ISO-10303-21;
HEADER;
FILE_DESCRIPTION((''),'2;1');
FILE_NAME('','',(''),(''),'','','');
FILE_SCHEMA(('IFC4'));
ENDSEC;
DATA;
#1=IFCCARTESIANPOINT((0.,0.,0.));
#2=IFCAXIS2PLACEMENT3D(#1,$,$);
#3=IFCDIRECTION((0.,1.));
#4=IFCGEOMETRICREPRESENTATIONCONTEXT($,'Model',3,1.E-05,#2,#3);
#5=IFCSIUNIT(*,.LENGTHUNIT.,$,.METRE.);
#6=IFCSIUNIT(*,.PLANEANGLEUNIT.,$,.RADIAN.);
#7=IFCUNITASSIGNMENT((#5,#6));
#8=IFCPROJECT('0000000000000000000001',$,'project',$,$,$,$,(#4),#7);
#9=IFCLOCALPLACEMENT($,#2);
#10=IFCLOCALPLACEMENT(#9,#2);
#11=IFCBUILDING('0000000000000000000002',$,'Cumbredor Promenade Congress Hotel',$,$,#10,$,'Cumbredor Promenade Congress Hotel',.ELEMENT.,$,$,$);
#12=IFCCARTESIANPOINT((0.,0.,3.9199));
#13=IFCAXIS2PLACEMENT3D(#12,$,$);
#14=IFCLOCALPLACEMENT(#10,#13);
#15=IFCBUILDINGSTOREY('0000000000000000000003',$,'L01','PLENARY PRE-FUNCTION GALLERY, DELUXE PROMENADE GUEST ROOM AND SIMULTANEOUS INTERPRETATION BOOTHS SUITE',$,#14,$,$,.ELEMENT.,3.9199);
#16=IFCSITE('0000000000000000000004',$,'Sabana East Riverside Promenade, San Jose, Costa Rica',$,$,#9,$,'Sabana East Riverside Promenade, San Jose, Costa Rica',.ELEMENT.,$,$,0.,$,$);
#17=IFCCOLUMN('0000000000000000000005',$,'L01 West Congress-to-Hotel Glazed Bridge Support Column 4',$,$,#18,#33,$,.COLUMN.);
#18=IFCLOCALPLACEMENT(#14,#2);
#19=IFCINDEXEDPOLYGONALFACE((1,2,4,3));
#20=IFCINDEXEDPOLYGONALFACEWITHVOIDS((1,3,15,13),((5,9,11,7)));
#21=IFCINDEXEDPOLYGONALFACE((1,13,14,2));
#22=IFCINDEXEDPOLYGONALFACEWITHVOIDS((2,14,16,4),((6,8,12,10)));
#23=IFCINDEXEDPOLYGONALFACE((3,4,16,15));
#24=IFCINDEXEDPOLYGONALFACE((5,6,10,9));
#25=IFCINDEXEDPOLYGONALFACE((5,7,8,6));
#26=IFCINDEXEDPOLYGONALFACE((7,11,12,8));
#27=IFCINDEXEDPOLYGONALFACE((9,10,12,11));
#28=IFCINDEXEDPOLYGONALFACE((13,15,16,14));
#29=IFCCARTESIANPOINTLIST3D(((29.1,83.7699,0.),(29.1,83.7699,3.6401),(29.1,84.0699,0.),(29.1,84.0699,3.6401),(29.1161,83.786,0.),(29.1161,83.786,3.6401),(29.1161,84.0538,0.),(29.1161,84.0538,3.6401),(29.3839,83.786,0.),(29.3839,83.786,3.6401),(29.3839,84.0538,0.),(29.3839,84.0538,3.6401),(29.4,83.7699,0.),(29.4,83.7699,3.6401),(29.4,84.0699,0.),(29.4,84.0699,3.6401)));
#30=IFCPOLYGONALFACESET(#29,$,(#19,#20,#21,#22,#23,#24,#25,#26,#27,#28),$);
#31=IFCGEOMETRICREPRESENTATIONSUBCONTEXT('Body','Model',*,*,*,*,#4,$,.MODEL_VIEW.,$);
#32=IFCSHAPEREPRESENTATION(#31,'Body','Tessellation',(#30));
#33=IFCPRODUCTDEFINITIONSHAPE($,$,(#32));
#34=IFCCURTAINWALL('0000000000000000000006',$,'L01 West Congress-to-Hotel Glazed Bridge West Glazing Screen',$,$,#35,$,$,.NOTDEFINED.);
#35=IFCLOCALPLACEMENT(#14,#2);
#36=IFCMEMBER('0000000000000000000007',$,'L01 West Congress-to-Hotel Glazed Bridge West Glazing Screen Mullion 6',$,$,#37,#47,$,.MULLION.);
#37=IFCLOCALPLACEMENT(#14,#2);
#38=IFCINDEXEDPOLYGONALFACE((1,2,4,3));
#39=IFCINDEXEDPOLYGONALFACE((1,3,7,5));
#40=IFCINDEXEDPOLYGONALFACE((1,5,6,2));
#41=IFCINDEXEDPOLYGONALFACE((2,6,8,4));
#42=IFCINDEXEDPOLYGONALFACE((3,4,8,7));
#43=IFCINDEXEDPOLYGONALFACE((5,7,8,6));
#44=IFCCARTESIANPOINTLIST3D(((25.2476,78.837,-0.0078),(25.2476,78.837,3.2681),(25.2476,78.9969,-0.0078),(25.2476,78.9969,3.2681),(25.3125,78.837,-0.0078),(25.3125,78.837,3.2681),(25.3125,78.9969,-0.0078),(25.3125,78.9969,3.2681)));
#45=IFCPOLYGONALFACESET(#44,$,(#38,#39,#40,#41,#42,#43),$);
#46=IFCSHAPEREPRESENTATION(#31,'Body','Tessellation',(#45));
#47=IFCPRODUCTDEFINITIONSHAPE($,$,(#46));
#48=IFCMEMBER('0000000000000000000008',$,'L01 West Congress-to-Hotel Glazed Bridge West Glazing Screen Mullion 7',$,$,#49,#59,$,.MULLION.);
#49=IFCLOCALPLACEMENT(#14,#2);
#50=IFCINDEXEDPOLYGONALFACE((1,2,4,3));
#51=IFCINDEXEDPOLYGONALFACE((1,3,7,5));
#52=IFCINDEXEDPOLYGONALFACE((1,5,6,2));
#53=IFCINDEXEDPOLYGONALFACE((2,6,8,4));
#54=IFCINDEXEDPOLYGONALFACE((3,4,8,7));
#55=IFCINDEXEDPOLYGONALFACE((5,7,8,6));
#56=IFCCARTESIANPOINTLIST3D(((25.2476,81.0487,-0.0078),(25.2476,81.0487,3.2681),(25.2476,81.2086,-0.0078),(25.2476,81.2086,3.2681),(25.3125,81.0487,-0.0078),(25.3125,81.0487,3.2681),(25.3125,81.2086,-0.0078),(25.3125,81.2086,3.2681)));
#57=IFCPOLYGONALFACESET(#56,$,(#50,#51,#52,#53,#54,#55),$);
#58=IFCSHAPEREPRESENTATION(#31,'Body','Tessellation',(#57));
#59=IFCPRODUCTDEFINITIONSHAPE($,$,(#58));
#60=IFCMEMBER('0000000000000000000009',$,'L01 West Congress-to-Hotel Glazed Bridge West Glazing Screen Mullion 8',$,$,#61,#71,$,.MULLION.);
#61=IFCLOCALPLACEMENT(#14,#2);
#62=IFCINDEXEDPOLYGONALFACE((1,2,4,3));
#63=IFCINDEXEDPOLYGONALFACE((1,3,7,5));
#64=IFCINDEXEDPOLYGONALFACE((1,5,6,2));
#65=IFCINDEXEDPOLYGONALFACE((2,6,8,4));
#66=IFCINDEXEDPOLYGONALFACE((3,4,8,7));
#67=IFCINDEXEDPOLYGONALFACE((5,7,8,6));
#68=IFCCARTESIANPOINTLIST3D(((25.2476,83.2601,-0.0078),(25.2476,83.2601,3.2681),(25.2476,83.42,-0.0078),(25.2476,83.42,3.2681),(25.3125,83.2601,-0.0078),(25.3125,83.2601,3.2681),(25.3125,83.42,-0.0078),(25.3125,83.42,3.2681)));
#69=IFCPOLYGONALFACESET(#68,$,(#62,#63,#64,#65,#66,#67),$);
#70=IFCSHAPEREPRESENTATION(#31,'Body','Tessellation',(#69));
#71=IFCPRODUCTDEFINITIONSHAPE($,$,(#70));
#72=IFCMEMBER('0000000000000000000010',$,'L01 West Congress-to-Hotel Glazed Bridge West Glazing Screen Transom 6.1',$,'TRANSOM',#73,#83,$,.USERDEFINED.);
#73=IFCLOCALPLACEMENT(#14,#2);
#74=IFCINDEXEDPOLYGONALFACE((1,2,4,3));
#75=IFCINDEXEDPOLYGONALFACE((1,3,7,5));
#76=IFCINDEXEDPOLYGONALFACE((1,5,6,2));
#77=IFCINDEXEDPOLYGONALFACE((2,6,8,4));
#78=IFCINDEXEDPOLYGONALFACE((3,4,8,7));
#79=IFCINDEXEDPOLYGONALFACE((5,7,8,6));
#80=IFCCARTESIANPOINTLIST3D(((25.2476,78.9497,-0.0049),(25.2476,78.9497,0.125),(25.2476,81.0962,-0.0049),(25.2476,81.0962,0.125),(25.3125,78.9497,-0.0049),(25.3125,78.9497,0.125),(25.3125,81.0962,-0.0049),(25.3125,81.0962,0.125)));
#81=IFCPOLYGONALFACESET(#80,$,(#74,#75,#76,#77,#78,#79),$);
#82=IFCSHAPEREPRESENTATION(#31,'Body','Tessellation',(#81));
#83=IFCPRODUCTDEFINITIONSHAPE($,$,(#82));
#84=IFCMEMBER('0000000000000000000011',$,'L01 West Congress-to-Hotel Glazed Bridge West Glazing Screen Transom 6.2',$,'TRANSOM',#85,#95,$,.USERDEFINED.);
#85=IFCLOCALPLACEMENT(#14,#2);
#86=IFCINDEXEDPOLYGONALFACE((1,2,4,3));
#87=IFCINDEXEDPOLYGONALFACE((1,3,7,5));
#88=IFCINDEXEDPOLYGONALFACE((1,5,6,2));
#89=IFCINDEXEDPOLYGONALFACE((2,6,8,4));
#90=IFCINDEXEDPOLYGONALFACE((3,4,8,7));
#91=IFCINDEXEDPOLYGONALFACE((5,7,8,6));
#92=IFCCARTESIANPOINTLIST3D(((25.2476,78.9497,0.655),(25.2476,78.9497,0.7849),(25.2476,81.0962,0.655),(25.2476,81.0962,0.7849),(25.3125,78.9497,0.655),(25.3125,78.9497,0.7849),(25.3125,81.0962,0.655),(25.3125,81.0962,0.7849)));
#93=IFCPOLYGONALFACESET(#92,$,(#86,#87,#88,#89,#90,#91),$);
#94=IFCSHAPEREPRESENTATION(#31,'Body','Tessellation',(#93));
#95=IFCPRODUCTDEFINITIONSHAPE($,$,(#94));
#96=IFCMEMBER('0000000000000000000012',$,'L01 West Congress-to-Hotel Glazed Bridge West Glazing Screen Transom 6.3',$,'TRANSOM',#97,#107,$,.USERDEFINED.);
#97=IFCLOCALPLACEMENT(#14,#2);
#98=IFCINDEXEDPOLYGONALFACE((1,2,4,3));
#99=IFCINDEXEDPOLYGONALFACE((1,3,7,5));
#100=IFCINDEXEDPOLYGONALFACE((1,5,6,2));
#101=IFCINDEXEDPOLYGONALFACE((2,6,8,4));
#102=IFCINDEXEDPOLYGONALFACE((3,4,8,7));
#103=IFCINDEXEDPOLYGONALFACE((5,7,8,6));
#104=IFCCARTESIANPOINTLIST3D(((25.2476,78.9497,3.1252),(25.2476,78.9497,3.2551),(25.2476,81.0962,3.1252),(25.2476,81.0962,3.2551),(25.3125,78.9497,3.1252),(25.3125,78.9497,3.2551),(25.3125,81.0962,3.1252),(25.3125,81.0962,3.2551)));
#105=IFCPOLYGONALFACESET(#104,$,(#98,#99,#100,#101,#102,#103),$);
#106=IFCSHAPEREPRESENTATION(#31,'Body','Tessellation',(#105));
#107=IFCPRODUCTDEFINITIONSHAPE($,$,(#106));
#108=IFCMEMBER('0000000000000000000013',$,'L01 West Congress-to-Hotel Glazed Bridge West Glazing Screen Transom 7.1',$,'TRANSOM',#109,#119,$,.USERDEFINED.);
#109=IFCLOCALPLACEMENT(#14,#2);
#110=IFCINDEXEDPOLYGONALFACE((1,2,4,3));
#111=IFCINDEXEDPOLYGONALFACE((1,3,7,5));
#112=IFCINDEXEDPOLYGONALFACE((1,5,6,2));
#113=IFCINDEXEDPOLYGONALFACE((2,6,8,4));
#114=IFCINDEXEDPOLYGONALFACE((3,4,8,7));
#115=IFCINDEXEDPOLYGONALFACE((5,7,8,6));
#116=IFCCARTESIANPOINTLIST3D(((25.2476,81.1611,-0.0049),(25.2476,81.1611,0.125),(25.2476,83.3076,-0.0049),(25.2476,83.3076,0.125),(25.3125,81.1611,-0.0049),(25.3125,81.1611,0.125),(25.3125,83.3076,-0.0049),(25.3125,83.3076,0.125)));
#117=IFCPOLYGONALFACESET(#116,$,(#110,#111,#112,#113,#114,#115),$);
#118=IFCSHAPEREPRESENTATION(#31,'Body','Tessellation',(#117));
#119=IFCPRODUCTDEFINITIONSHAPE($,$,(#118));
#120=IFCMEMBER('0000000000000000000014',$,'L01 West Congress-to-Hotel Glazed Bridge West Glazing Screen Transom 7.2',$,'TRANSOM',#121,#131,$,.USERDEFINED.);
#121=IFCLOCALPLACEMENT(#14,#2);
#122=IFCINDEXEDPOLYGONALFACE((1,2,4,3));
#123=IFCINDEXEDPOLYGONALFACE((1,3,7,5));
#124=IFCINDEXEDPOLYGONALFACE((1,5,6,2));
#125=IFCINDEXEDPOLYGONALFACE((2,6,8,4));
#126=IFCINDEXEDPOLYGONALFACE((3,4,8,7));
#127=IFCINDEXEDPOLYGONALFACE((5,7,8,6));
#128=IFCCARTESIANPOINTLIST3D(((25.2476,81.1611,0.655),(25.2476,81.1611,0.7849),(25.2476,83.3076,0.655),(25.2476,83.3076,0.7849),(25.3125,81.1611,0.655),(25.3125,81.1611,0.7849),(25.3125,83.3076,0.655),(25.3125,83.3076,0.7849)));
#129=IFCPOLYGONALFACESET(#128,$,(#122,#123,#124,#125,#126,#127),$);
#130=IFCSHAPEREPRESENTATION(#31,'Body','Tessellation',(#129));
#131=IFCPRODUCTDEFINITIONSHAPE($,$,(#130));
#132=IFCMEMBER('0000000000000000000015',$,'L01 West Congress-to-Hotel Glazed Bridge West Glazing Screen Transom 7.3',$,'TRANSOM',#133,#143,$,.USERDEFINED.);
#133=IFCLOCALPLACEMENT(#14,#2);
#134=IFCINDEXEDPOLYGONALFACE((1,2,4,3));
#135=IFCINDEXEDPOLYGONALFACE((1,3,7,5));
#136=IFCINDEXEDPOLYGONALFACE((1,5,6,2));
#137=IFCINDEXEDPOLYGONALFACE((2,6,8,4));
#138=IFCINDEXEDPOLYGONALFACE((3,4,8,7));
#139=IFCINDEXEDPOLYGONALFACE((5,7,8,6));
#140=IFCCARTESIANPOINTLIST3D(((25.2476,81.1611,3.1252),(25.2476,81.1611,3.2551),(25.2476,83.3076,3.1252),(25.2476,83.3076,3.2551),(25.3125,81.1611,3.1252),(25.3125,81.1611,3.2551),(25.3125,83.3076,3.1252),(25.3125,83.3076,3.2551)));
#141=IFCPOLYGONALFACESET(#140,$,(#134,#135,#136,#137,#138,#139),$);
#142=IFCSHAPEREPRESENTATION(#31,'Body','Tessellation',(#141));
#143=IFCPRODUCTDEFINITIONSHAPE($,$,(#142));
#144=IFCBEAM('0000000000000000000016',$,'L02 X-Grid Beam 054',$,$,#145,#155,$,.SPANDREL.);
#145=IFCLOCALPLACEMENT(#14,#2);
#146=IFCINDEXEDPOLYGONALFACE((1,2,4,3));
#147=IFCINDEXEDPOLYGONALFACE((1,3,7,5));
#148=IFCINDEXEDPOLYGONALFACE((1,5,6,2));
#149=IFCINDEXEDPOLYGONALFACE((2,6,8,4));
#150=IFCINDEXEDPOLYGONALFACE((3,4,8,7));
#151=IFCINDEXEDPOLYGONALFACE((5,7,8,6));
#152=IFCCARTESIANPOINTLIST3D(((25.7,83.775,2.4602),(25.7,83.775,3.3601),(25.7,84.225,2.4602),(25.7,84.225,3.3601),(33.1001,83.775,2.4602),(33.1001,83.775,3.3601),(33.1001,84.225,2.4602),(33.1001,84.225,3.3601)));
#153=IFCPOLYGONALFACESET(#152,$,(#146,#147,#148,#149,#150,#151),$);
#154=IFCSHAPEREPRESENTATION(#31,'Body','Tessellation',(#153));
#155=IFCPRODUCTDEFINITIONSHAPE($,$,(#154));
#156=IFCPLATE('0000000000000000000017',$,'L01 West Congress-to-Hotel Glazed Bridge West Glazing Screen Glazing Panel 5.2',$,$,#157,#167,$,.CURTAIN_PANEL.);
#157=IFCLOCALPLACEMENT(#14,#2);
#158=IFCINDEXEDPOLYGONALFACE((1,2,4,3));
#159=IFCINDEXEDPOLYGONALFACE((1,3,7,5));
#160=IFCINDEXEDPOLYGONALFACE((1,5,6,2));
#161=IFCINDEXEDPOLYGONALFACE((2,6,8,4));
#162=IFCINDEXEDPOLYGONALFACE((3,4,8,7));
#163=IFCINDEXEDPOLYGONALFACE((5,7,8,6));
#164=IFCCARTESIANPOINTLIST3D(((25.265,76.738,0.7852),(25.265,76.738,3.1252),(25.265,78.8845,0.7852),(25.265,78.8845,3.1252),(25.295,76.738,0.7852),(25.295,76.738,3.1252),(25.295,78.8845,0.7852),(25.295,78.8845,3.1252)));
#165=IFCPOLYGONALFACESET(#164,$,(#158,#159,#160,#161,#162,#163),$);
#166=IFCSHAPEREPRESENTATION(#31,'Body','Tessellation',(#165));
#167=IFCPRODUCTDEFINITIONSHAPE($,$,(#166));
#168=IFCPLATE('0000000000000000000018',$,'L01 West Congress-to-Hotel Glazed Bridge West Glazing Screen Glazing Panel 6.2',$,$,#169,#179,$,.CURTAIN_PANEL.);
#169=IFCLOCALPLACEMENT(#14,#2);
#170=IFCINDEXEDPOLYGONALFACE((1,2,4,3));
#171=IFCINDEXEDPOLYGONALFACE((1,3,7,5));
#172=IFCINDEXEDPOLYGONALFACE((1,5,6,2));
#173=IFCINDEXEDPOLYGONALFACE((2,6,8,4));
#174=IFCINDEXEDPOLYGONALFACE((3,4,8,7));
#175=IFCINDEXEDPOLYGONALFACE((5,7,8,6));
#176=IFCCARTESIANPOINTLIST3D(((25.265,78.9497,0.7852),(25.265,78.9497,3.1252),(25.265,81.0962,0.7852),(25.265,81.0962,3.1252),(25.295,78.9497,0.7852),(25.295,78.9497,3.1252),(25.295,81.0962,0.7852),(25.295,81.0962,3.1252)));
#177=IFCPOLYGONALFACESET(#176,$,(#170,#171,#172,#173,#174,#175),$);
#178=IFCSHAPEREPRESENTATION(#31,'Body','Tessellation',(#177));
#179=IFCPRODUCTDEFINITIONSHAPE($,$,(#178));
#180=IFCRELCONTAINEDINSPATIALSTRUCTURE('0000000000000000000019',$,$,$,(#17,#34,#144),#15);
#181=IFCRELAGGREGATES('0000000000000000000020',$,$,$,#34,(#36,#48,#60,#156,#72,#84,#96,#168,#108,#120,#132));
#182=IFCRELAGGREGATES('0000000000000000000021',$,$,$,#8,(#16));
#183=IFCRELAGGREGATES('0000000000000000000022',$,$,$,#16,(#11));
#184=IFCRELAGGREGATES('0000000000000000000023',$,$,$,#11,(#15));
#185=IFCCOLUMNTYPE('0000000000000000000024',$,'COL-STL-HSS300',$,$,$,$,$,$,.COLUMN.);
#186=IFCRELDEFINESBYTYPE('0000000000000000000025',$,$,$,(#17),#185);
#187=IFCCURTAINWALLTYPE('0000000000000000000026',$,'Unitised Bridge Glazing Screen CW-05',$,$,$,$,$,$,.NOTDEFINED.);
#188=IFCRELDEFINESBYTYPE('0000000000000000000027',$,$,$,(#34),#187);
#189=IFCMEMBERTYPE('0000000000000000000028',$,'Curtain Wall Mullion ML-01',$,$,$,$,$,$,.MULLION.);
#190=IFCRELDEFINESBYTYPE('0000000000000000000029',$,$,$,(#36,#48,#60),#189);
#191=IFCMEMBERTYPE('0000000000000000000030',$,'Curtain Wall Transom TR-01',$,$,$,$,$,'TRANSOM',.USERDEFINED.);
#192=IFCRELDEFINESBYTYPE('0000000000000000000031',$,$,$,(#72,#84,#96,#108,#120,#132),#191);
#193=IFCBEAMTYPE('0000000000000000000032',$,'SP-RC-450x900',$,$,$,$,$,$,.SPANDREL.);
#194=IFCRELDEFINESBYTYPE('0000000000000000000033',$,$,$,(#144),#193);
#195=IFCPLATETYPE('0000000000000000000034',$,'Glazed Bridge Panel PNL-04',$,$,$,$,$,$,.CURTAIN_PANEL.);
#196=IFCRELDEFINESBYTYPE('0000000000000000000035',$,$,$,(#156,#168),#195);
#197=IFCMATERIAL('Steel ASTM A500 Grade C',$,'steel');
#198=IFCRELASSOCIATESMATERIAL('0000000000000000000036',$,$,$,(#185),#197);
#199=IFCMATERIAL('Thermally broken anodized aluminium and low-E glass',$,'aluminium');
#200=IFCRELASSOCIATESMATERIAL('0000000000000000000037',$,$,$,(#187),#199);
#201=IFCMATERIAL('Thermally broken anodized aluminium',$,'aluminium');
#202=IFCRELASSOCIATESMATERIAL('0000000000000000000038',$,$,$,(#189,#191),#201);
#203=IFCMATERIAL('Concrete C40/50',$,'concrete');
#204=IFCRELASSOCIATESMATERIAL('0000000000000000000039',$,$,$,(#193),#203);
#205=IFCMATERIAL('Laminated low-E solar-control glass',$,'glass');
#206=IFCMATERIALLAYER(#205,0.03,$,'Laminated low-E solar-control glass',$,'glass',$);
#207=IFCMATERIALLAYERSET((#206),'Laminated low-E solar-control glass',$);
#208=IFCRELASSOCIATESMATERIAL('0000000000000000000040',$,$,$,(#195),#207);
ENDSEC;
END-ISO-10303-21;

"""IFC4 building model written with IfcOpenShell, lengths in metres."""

from ifc_helpers import new_model, si_unit, direction, frame, origin, origin_2d, place, context, subcontext, project, spatial, rectangle, hollow_rectangle, extrude, material, layer, layer_set, material_profile, profile_set, type_object, element, aggregate, save


model = new_model("IFC4")

# Units and contexts
model_context = context("Model", 3, precision=1e-05, world=origin(), true_north=direction((0.0, 1.0)))
body_context = subcontext(model_context, "Body", "Model", "MODEL_VIEW")
ifc_project = project(units=[si_unit("LENGTHUNIT", "METRE"), si_unit("PLANEANGLEUNIT", "RADIAN")], contexts=[model_context])

# Site, building, storey
site_placement = place(None, origin())
site = spatial("IfcSite", under=ifc_project, at=site_placement, Name="Sabana East Riverside Promenade, San Jose, Costa Rica", LongName="Sabana East Riverside Promenade, San Jose, Costa Rica", CompositionType="ELEMENT", RefElevation=0.0)
building_placement = place(site_placement, origin())
building = spatial("IfcBuilding", under=site, at=building_placement, Name="Cumbredor Promenade Congress Hotel", LongName="Cumbredor Promenade Congress Hotel", CompositionType="ELEMENT")
storey_placement = place(building_placement, frame((0.0, 0.0, 3.9199)))
storey = spatial("IfcBuildingStorey", under=building, at=storey_placement, Name="L01", Description="PLENARY PRE-FUNCTION GALLERY, DELUXE PROMENADE GUEST ROOM AND SIMULTANEOUS INTERPRETATION BOOTHS SUITE", CompositionType="ELEMENT", Elevation=3.9199)

# Column
ifc_material_1 = material(Name="Steel ASTM A500 Grade C", Category="steel")
ifc_material_profile_1 = material_profile(ifc_material_1, hollow_rectangle(XDim=0.3, YDim=0.3, WallThickness=0.0161, at=origin_2d()), Name="HSS 300x300x16")
ifc_profile_set_1 = profile_set([ifc_material_profile_1], Name="Steel ASTM A500 Grade C")
column_type = type_object("IfcColumnType", Name="COL-STL-HSS300", PredefinedType="COLUMN", material=ifc_profile_set_1)
column_placement = place(storey_placement, frame((29.25, 83.9199, 0.0), z_axis=(0.0, 0.0, 1.0), x_axis=(1.0, 0.0, 0.0)))
element("IfcColumn", 1, at=column_placement, inside=storey, type_object=column_type, Name="L01 West Congress-to-Hotel Glazed Bridge Support Column 4", PredefinedType="COLUMN", context=body_context, shape_type="SweptSolid", body=[
    extrude(hollow_rectangle(XDim=0.3, YDim=0.3, WallThickness=0.0161, at=origin_2d()), origin(), (0.0, 0.0, 1.0), 3.6401),
])

# Curtain wall, members
ifc_material_2 = material(Name="Thermally broken anodized aluminium and low-E glass", Category="aluminium")
curtain_wall_type = type_object("IfcCurtainWallType", Name="Unitised Bridge Glazing Screen CW-05", PredefinedType="NOTDEFINED", material=ifc_material_2)
curtain_wall_placement = place(storey_placement, origin())
curtain_wall = element("IfcCurtainWall", 2, at=curtain_wall_placement, inside=storey, type_object=curtain_wall_type, Name="L01 West Congress-to-Hotel Glazed Bridge West Glazing Screen", PredefinedType="NOTDEFINED")
ifc_material_3 = material(Name="Thermally broken anodized aluminium", Category="aluminium")
ifc_material_profile_2 = material_profile(ifc_material_3, rectangle(XDim=0.0649, YDim=0.1599, at=origin_2d()), Name="ALU MULLION 65x160")
ifc_profile_set_2 = profile_set([ifc_material_profile_2], Name="Thermally broken anodized aluminium")
member_type_1 = type_object("IfcMemberType", Name="Curtain Wall Mullion ML-01", PredefinedType="MULLION", material=ifc_profile_set_2)
member_1_placement = place(storey_placement, frame((25.28, 78.917, -0.0078), z_axis=(0.0, 0.0, 1.0), x_axis=(1.0, 0.0, 0.0)))
member_1 = element("IfcMember", 3, at=member_1_placement, type_object=member_type_1, Name="L01 West Congress-to-Hotel Glazed Bridge West Glazing Screen Mullion 6", PredefinedType="MULLION", context=body_context, shape_type="SweptSolid", body=[
    extrude(rectangle(XDim=0.0649, YDim=0.1599, at=origin_2d()), origin(), (0.0, 0.0, 1.0), 3.2759),
])
member_2_placement = place(storey_placement, frame((25.28, 81.1287, -0.0078), z_axis=(0.0, 0.0, 1.0), x_axis=(1.0, 0.0, 0.0)))
member_2 = element("IfcMember", 4, at=member_2_placement, type_object=member_type_1, Name="L01 West Congress-to-Hotel Glazed Bridge West Glazing Screen Mullion 7", PredefinedType="MULLION", context=body_context, shape_type="SweptSolid", body=[
    extrude(rectangle(XDim=0.0649, YDim=0.1599, at=origin_2d()), origin(), (0.0, 0.0, 1.0), 3.2759),
])
member_3_placement = place(storey_placement, frame((25.28, 83.3401, -0.0078), z_axis=(0.0, 0.0, 1.0), x_axis=(1.0, 0.0, 0.0)))
member_3 = element("IfcMember", 5, at=member_3_placement, type_object=member_type_1, Name="L01 West Congress-to-Hotel Glazed Bridge West Glazing Screen Mullion 8", PredefinedType="MULLION", context=body_context, shape_type="SweptSolid", body=[
    extrude(rectangle(XDim=0.0649, YDim=0.1599, at=origin_2d()), origin(), (0.0, 0.0, 1.0), 3.2759),
])
ifc_material_profile_3 = material_profile(ifc_material_3, rectangle(XDim=0.0649, YDim=0.1299, at=origin_2d()), Name="ALU TRANSOM 65x130")
ifc_profile_set_3 = profile_set([ifc_material_profile_3], Name="Thermally broken anodized aluminium")
member_type_2 = type_object("IfcMemberType", Name="Curtain Wall Transom TR-01", ElementType="TRANSOM", PredefinedType="USERDEFINED", material=ifc_profile_set_3)
member_4_placement = place(storey_placement, frame((25.28, 78.9497, 0.0601), z_axis=(0.0, 1.0, 0.0), x_axis=(-1.0, 0.0, 0.0)))
member_4 = element("IfcMember", 6, at=member_4_placement, type_object=member_type_2, Name="L01 West Congress-to-Hotel Glazed Bridge West Glazing Screen Transom 6.1", ObjectType="TRANSOM", PredefinedType="USERDEFINED", context=body_context, shape_type="SweptSolid", body=[
    extrude(rectangle(XDim=0.0649, YDim=0.1299, at=origin_2d()), origin(), (0.0, 0.0, 1.0), 2.1465),
])
member_5_placement = place(storey_placement, frame((25.28, 78.9497, 0.72), z_axis=(0.0, 1.0, 0.0), x_axis=(-1.0, 0.0, 0.0)))
member_5 = element("IfcMember", 7, at=member_5_placement, type_object=member_type_2, Name="L01 West Congress-to-Hotel Glazed Bridge West Glazing Screen Transom 6.2", ObjectType="TRANSOM", PredefinedType="USERDEFINED", context=body_context, shape_type="SweptSolid", body=[
    extrude(rectangle(XDim=0.0649, YDim=0.1299, at=origin_2d()), origin(), (0.0, 0.0, 1.0), 2.1465),
])
member_6_placement = place(storey_placement, frame((25.28, 78.9497, 3.1902), z_axis=(0.0, 1.0, 0.0), x_axis=(-1.0, 0.0, 0.0)))
member_6 = element("IfcMember", 8, at=member_6_placement, type_object=member_type_2, Name="L01 West Congress-to-Hotel Glazed Bridge West Glazing Screen Transom 6.3", ObjectType="TRANSOM", PredefinedType="USERDEFINED", context=body_context, shape_type="SweptSolid", body=[
    extrude(rectangle(XDim=0.0649, YDim=0.1299, at=origin_2d()), origin(), (0.0, 0.0, 1.0), 2.1465),
])
member_7_placement = place(storey_placement, frame((25.28, 81.1611, 0.0601), z_axis=(0.0, 1.0, 0.0), x_axis=(-1.0, 0.0, 0.0)))
member_7 = element("IfcMember", 9, at=member_7_placement, type_object=member_type_2, Name="L01 West Congress-to-Hotel Glazed Bridge West Glazing Screen Transom 7.1", ObjectType="TRANSOM", PredefinedType="USERDEFINED", context=body_context, shape_type="SweptSolid", body=[
    extrude(rectangle(XDim=0.0649, YDim=0.1299, at=origin_2d()), origin(), (0.0, 0.0, 1.0), 2.1465),
])
member_8_placement = place(storey_placement, frame((25.28, 81.1611, 0.72), z_axis=(0.0, 1.0, 0.0), x_axis=(-1.0, 0.0, 0.0)))
member_8 = element("IfcMember", 10, at=member_8_placement, type_object=member_type_2, Name="L01 West Congress-to-Hotel Glazed Bridge West Glazing Screen Transom 7.2", ObjectType="TRANSOM", PredefinedType="USERDEFINED", context=body_context, shape_type="SweptSolid", body=[
    extrude(rectangle(XDim=0.0649, YDim=0.1299, at=origin_2d()), origin(), (0.0, 0.0, 1.0), 2.1465),
])
member_9_placement = place(storey_placement, frame((25.28, 81.1611, 3.1902), z_axis=(0.0, 1.0, 0.0), x_axis=(-1.0, 0.0, 0.0)))
member_9 = element("IfcMember", 11, at=member_9_placement, type_object=member_type_2, Name="L01 West Congress-to-Hotel Glazed Bridge West Glazing Screen Transom 7.3", ObjectType="TRANSOM", PredefinedType="USERDEFINED", context=body_context, shape_type="SweptSolid", body=[
    extrude(rectangle(XDim=0.0649, YDim=0.1299, at=origin_2d()), origin(), (0.0, 0.0, 1.0), 2.1465),
])

# Beam
ifc_material_4 = material(Name="Concrete C40/50", Category="concrete")
ifc_material_profile_4 = material_profile(ifc_material_4, rectangle(XDim=0.45, YDim=0.8999, at=origin_2d()), Name="RC SPANDREL 450x900")
ifc_profile_set_4 = profile_set([ifc_material_profile_4], Name="Concrete C40/50")
beam_type = type_object("IfcBeamType", Name="SP-RC-450x900", PredefinedType="SPANDREL", material=ifc_profile_set_4)
beam_placement = place(storey_placement, frame((25.7, 84.0, 2.9102), z_axis=(1.0, 0.0, 0.0), x_axis=(0.0, 1.0, 0.0)))
element("IfcBeam", 12, at=beam_placement, inside=storey, type_object=beam_type, Name="L02 X-Grid Beam 054", PredefinedType="SPANDREL", context=body_context, shape_type="SweptSolid", body=[
    extrude(rectangle(XDim=0.45, YDim=0.8999, at=origin_2d()), origin(), (0.0, 0.0, 1.0), 7.4001),
])

# Plates
ifc_material_5 = material(Name="Laminated low-E solar-control glass", Category="glass")
ifc_layer_1 = layer(ifc_material_5, 0.03, Name="Laminated low-E solar-control glass", Category="glass")
ifc_layer_set_1 = layer_set([ifc_layer_1], Name="Laminated low-E solar-control glass")
plate_type_1 = type_object("IfcPlateType", Name="Glazed Bridge Panel PNL-04", PredefinedType="CURTAIN_PANEL", material=ifc_layer_set_1)
plate_1_placement = place(storey_placement, frame((25.28, 77.8113, 0.7852), z_axis=(0.0, 0.0, 1.0), x_axis=(0.0, 1.0, 0.0)))
plate_1 = element("IfcPlate", 13, at=plate_1_placement, type_object=plate_type_1, Name="L01 West Congress-to-Hotel Glazed Bridge West Glazing Screen Glazing Panel 5.2", PredefinedType="CURTAIN_PANEL", context=body_context, shape_type="SweptSolid", body=[
    extrude(rectangle(XDim=2.1465, YDim=0.03, at=origin_2d()), origin(), (0.0, 0.0, 1.0), 2.3401),
])
plate_2_placement = place(storey_placement, frame((25.28, 80.0229, 0.7852), z_axis=(0.0, 0.0, 1.0), x_axis=(0.0, 1.0, 0.0)))
plate_2 = element("IfcPlate", 14, at=plate_2_placement, type_object=plate_type_1, Name="L01 West Congress-to-Hotel Glazed Bridge West Glazing Screen Glazing Panel 6.2", PredefinedType="CURTAIN_PANEL", context=body_context, shape_type="SweptSolid", body=[
    extrude(rectangle(XDim=2.1465, YDim=0.03, at=origin_2d()), origin(), (0.0, 0.0, 1.0), 2.3401),
])

aggregate(curtain_wall, [member_1, member_2, member_3, plate_1, member_4, member_5, member_6, plate_2, member_7, member_8, member_9])

save(model, "model.ifc")
